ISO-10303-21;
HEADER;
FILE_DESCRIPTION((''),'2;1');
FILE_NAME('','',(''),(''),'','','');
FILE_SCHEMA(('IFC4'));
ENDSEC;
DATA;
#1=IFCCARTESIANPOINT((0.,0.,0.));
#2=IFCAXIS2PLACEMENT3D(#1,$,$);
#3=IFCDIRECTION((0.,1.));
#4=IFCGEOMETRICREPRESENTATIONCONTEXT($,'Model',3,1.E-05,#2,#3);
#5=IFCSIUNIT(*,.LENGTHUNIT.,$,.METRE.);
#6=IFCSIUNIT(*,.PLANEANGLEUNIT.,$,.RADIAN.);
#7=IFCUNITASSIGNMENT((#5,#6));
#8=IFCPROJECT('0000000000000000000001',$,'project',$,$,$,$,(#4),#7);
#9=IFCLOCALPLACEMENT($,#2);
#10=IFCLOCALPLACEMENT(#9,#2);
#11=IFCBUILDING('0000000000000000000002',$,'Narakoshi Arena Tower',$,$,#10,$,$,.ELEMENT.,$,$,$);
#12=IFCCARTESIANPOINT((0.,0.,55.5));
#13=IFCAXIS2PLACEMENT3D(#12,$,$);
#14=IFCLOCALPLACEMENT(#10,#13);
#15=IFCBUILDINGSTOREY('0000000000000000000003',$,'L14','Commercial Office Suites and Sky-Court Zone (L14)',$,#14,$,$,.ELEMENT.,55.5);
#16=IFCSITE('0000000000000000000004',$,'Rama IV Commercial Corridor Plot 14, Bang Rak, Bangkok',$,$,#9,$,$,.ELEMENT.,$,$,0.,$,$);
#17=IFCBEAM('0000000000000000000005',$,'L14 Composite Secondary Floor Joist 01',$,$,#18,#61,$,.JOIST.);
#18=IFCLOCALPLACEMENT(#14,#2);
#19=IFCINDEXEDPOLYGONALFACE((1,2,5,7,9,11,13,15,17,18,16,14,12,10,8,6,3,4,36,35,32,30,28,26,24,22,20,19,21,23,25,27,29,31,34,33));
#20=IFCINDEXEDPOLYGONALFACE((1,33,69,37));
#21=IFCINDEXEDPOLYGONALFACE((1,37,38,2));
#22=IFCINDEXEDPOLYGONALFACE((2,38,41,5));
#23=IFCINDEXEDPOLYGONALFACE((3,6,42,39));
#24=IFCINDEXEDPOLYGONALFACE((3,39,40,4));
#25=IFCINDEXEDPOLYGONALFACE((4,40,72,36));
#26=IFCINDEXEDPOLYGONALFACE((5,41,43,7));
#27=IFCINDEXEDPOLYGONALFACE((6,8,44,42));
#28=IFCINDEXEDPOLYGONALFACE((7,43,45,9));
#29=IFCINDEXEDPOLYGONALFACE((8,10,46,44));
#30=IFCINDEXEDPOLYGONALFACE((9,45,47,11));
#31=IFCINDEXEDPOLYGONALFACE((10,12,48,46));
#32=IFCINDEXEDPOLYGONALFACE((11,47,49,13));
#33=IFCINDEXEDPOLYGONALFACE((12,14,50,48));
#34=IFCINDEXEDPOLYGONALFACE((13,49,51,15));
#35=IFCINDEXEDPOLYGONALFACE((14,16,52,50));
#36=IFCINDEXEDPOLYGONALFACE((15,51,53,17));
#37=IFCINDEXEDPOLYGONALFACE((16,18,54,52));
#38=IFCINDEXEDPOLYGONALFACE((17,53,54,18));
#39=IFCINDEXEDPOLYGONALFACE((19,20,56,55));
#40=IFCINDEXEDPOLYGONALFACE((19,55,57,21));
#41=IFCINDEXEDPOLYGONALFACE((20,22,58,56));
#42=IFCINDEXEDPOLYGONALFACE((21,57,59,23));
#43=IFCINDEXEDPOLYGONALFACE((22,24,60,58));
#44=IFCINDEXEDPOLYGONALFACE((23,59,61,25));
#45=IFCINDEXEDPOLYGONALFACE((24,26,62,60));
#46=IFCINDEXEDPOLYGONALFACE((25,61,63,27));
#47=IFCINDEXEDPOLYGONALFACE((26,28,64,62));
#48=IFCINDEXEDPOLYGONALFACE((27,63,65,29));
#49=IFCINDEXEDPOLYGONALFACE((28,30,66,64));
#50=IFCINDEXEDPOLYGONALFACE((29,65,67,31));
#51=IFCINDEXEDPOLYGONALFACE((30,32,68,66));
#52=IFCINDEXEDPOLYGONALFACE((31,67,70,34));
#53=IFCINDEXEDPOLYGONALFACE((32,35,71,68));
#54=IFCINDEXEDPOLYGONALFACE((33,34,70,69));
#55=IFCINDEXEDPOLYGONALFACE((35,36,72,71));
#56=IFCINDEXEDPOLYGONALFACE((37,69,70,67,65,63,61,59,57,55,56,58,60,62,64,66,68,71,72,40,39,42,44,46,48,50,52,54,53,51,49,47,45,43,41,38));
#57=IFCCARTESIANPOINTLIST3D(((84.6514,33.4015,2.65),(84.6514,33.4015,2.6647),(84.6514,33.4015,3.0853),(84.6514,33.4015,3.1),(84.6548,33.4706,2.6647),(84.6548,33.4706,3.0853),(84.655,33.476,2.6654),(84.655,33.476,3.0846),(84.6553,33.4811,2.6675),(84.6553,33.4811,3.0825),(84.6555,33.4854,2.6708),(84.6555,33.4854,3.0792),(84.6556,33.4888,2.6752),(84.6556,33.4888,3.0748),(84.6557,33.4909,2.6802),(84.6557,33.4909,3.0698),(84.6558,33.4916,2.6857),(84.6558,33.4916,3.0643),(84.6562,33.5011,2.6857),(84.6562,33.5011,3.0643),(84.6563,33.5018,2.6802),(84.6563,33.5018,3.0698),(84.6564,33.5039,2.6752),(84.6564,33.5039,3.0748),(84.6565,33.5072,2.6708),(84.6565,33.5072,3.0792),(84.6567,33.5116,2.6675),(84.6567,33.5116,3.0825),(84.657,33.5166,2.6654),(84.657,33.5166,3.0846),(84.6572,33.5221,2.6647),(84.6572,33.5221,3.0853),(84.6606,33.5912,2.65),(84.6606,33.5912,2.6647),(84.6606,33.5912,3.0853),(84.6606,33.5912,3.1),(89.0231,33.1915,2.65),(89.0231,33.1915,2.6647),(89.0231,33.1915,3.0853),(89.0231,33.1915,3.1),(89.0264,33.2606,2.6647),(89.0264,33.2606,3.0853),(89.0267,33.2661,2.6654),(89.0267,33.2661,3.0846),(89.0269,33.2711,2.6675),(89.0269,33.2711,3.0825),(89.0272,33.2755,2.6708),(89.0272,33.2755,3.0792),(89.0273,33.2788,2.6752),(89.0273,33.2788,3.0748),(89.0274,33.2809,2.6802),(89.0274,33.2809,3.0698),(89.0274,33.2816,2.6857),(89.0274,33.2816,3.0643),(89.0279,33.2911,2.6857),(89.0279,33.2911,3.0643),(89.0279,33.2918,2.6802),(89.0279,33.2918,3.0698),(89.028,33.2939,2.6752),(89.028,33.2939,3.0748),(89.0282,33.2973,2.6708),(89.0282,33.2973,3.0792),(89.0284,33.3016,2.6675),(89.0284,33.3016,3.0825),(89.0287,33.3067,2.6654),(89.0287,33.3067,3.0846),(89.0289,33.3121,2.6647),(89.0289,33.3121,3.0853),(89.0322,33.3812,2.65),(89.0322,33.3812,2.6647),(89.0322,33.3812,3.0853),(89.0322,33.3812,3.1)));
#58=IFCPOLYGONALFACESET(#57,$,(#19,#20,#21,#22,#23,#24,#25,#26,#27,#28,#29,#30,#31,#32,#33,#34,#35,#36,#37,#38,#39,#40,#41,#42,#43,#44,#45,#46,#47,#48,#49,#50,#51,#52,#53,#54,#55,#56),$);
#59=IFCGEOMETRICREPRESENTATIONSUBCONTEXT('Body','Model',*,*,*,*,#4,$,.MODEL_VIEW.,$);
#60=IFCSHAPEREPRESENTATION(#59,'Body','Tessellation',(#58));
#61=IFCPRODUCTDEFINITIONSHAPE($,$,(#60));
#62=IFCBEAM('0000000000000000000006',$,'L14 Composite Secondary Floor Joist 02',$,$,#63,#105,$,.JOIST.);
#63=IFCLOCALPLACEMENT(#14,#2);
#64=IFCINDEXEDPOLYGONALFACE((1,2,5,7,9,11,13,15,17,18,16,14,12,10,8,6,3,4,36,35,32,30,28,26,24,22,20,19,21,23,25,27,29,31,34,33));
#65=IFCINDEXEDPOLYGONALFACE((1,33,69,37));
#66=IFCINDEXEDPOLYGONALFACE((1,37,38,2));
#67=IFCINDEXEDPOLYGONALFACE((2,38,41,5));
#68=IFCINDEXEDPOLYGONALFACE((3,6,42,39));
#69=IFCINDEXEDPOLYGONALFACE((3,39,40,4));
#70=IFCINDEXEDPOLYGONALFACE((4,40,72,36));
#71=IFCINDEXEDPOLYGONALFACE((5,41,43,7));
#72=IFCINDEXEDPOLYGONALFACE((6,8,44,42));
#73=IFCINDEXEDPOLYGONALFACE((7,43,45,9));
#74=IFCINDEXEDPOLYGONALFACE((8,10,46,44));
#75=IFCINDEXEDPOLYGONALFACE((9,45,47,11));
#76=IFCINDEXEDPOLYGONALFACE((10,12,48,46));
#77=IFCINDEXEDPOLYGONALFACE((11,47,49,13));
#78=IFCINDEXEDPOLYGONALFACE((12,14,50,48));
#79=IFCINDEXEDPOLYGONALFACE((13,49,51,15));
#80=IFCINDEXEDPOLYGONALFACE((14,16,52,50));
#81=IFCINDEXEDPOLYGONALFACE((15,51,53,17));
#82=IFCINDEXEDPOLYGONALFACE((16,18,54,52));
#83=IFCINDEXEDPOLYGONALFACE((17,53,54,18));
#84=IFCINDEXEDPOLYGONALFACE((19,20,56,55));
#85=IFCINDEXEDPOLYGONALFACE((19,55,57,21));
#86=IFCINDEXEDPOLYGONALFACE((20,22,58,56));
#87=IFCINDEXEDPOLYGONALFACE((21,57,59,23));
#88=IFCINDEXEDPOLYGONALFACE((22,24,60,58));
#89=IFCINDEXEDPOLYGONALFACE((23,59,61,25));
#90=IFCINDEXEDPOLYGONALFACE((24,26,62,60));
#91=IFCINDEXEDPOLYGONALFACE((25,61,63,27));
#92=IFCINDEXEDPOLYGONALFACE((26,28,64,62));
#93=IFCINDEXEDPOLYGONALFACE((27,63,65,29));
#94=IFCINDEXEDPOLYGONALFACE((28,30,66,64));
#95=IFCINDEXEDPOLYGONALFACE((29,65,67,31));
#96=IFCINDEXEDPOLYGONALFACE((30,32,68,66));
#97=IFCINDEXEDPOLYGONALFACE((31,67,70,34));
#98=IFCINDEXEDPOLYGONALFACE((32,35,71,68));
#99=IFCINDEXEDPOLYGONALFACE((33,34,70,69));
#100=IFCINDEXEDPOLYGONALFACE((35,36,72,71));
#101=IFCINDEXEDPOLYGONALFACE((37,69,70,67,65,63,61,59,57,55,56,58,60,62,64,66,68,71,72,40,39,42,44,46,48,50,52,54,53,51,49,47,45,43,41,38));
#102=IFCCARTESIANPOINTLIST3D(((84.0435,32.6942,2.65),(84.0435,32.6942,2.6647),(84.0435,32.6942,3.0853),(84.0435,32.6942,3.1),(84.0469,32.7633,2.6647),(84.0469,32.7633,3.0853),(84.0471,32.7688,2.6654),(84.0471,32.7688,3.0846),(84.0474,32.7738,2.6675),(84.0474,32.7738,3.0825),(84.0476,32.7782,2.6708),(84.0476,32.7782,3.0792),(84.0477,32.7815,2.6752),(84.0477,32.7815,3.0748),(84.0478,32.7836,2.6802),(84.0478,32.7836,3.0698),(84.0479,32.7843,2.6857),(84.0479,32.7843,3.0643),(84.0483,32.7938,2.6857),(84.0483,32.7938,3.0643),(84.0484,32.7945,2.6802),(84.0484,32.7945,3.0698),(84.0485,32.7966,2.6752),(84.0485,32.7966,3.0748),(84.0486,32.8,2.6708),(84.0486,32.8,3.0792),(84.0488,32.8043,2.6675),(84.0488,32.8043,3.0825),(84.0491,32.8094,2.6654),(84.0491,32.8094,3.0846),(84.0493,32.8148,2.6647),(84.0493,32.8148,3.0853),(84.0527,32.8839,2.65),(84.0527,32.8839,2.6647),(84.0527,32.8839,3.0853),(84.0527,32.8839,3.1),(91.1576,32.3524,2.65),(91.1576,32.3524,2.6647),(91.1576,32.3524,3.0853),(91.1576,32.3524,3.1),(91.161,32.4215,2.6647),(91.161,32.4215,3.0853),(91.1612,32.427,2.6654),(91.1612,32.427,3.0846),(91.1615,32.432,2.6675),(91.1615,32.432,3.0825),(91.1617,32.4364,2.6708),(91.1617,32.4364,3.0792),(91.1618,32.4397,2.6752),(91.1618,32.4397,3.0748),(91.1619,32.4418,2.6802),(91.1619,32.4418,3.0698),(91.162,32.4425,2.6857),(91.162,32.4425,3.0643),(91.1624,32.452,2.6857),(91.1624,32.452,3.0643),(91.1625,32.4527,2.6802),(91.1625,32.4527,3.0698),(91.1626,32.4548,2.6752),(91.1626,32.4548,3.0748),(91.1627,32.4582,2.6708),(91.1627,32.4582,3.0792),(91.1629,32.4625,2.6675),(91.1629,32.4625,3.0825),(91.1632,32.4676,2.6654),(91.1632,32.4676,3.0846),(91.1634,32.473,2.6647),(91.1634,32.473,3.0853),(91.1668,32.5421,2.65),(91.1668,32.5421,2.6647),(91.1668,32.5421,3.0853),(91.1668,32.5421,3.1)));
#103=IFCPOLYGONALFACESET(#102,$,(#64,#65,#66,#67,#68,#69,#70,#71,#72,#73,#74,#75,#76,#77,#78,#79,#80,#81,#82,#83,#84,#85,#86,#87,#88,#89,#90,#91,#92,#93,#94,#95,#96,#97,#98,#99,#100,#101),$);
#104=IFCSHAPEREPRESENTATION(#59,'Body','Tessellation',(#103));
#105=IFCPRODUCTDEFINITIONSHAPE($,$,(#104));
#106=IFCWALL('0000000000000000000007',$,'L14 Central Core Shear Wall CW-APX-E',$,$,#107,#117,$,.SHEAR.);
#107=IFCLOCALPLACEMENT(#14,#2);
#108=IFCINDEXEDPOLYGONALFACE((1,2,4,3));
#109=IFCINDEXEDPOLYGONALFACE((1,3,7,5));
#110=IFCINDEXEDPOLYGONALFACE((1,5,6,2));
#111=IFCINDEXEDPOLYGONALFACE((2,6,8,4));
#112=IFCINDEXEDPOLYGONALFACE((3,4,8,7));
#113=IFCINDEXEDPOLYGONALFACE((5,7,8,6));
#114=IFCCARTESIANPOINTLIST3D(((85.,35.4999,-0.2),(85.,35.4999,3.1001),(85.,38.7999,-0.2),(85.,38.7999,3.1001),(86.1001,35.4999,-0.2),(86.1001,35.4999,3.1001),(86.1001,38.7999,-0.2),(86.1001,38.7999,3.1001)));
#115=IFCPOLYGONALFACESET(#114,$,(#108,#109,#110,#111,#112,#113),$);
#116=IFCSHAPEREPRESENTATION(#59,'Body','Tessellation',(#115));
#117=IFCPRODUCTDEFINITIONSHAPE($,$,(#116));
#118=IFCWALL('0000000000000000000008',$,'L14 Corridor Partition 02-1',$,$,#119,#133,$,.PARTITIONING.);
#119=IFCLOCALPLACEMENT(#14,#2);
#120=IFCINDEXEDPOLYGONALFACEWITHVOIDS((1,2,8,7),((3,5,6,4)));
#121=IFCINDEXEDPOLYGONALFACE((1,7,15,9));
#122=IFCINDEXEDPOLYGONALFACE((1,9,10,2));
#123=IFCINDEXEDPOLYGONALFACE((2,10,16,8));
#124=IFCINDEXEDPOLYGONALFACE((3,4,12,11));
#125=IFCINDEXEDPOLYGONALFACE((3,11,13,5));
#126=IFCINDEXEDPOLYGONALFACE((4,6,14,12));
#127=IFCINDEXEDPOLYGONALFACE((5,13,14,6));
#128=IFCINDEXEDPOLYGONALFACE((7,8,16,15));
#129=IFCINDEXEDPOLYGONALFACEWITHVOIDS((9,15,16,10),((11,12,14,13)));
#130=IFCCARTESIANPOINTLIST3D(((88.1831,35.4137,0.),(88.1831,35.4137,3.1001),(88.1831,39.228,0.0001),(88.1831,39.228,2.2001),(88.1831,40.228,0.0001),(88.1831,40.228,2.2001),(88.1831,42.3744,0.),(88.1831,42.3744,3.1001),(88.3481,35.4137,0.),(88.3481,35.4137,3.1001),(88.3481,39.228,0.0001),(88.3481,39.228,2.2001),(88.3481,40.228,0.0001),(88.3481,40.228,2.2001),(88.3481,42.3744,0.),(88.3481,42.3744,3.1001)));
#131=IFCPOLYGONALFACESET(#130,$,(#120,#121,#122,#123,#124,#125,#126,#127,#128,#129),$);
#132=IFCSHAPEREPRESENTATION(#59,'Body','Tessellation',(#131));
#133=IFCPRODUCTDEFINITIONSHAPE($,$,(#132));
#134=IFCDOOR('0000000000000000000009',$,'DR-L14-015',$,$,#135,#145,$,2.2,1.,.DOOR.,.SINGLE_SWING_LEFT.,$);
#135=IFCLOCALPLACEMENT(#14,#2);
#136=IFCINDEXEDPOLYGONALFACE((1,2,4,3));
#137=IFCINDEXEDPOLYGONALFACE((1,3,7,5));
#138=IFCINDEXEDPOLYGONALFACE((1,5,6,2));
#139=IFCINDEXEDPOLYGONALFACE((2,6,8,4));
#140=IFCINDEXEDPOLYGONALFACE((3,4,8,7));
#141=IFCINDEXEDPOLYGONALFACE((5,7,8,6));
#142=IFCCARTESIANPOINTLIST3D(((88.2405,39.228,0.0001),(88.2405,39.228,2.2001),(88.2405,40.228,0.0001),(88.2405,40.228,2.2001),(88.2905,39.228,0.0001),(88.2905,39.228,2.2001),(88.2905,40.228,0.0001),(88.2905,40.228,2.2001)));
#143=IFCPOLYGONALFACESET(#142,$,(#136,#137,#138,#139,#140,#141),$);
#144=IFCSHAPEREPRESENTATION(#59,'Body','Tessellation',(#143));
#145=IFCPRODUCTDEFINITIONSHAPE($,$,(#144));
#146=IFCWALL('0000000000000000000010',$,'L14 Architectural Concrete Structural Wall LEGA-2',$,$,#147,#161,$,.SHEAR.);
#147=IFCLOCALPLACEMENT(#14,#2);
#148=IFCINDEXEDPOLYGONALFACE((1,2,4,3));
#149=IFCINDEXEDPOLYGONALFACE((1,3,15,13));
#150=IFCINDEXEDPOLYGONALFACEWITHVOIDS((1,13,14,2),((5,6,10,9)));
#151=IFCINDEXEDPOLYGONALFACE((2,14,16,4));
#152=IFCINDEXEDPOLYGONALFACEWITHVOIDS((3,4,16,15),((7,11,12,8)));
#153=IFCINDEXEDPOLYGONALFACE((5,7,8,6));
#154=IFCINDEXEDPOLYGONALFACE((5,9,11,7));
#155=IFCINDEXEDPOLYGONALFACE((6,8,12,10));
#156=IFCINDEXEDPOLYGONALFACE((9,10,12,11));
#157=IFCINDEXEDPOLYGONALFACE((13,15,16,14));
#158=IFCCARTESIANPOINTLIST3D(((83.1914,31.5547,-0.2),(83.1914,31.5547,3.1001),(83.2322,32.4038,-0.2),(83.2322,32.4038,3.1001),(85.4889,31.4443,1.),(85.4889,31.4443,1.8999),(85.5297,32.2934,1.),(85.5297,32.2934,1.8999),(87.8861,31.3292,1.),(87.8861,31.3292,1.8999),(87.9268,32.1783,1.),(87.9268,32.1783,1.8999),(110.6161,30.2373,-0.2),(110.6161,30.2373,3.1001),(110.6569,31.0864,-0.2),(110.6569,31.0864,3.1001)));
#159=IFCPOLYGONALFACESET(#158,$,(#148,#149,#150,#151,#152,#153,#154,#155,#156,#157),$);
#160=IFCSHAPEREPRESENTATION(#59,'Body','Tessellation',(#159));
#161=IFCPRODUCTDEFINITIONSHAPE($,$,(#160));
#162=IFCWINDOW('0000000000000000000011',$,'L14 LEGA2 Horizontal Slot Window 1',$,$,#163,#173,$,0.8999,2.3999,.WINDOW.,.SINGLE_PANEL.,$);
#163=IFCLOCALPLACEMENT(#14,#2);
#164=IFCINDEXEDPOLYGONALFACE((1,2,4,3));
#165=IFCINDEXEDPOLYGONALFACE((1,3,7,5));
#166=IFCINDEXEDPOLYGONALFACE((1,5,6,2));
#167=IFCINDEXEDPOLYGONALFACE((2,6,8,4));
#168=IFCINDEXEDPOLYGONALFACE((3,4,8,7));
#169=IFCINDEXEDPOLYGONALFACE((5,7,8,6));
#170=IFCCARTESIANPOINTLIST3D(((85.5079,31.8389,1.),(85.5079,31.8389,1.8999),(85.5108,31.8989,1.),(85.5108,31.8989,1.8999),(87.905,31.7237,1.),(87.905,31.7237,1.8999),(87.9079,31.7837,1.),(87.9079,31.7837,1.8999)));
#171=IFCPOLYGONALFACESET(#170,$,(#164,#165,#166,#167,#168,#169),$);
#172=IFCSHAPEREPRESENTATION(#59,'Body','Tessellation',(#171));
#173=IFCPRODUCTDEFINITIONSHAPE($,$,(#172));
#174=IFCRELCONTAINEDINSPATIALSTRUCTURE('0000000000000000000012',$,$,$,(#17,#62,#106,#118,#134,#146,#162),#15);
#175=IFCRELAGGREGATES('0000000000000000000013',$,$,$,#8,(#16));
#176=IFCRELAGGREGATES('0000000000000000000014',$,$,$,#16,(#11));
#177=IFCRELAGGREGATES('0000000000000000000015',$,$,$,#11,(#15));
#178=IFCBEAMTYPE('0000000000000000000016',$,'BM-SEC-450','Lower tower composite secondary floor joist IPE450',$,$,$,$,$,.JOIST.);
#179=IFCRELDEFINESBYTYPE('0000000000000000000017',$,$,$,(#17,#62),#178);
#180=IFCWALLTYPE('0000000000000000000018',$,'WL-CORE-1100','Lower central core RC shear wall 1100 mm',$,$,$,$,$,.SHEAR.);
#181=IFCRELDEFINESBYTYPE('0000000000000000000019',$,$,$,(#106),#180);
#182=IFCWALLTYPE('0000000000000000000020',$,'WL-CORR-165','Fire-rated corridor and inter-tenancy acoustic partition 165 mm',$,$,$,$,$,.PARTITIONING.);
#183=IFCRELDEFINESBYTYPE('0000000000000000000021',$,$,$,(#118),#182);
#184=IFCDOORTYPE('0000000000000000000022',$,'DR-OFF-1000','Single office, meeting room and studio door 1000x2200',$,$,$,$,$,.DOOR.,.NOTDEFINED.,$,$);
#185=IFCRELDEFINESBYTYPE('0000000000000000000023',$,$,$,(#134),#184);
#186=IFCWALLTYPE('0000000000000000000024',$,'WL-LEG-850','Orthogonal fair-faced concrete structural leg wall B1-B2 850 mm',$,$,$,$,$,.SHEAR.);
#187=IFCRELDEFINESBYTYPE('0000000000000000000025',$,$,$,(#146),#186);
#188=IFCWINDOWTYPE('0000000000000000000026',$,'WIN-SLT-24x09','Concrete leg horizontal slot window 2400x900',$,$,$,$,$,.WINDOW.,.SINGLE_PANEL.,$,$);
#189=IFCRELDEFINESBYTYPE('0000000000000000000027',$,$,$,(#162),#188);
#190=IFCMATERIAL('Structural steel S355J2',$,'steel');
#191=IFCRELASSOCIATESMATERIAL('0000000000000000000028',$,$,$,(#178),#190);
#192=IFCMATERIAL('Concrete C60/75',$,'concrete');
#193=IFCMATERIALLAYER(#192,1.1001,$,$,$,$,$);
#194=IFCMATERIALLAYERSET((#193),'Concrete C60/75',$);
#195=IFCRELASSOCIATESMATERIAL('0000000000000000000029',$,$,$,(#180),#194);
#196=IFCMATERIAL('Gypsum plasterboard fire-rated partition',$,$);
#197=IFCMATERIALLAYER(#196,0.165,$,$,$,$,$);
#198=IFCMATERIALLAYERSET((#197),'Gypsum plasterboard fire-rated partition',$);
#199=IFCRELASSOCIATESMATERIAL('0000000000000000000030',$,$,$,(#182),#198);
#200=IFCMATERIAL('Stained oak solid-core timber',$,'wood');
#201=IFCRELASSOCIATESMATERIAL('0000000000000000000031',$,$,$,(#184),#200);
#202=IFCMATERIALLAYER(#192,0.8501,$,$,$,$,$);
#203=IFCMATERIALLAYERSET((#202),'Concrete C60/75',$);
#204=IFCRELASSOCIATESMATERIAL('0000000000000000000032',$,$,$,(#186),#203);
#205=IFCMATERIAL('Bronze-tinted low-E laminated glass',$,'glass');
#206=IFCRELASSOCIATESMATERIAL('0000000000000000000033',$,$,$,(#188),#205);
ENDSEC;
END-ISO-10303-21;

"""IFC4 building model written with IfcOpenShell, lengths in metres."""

from ifc_helpers import new_model, si_unit, direction, frame, frame_2d, origin, origin_2d, place, context, subcontext, project, spatial, rectangle, i_section, extrude, material, layer, layer_set, material_profile, profile_set, type_object, element, fill, save


model = new_model("IFC4")

# Units and contexts
model_context = context("Model", 3, precision=1e-05, world=origin(), true_north=direction((0.0, 1.0)))
body_context = subcontext(model_context, "Body", "Model", "MODEL_VIEW")
ifc_project = project(units=[si_unit("LENGTHUNIT", "METRE"), si_unit("PLANEANGLEUNIT", "RADIAN")], contexts=[model_context])

# Site, building, storey
site_placement = place(None, origin())
site = spatial("IfcSite", under=ifc_project, at=site_placement, Name="Rama IV Commercial Corridor Plot 14, Bang Rak, Bangkok", CompositionType="ELEMENT", RefElevation=0.0)
building_placement = place(site_placement, origin())
building = spatial("IfcBuilding", under=site, at=building_placement, Name="Narakoshi Arena Tower", CompositionType="ELEMENT")
storey_placement = place(building_placement, frame((0.0, 0.0, 55.5)))
storey = spatial("IfcBuildingStorey", under=building, at=storey_placement, Name="L14", Description="Commercial Office Suites and Sky-Court Zone (L14)", CompositionType="ELEMENT", Elevation=55.5)

# Shared definitions
ifc_material_1 = material(Name="Concrete C60/75", Category="concrete")

# Beams
ifc_material_2 = material(Name="Structural steel S355J2", Category="steel")
ifc_material_profile_1 = material_profile(ifc_material_2, i_section(OverallWidth=0.1899, OverallDepth=0.45, WebThickness=0.0095, FlangeThickness=0.0146, FilletRadius=0.021, at=origin_2d()), Name="IPE450")
ifc_profile_set_1 = profile_set([ifc_material_profile_1], Name="Structural steel S355J2")
beam_type_1 = type_object("IfcBeamType", Name="BM-SEC-450", Description="Lower tower composite secondary floor joist IPE450", PredefinedType="JOIST", material=ifc_profile_set_1)
beam_1_placement = place(storey_placement, frame((84.656, 33.4963, 2.875), z_axis=(0.998849, -0.047973, 0.0), x_axis=(0.047973, 0.998849, 0.0)))
element("IfcBeam", 1, at=beam_1_placement, inside=storey, type_object=beam_type_1, Name="L14 Composite Secondary Floor Joist 01", PredefinedType="JOIST", context=body_context, shape_type="SweptSolid", body=[
    extrude(i_section(OverallWidth=0.1899, OverallDepth=0.45, WebThickness=0.0095, FlangeThickness=0.0146, FilletRadius=0.021, at=origin_2d()), origin(), (0.0, 0.0, 1.0), 4.3767),
])
beam_2_placement = place(storey_placement, frame((84.0481, 32.7891, 2.875), z_axis=(0.998848, -0.04799, 0.0), x_axis=(0.04799, 0.998848, 0.0)))
element("IfcBeam", 2, at=beam_2_placement, inside=storey, type_object=beam_type_1, Name="L14 Composite Secondary Floor Joist 02", PredefinedType="JOIST", context=body_context, shape_type="SweptSolid", body=[
    extrude(i_section(OverallWidth=0.1899, OverallDepth=0.45, WebThickness=0.0095, FlangeThickness=0.0146, FilletRadius=0.021, at=origin_2d()), origin(), (0.0, 0.0, 1.0), 7.1223),
])

# Wall
ifc_layer_1 = layer(ifc_material_1, 1.1001)
ifc_layer_set_1 = layer_set([ifc_layer_1], Name="Concrete C60/75")
wall_type_1 = type_object("IfcWallType", Name="WL-CORE-1100", Description="Lower central core RC shear wall 1100 mm", PredefinedType="SHEAR", material=ifc_layer_set_1)
wall_1_placement = place(storey_placement, frame((85.55, 35.5, -0.2), z_axis=(0.0, 0.0, 1.0), x_axis=(0.0, 1.0, 0.0)))
element("IfcWall", 3, at=wall_1_placement, inside=storey, type_object=wall_type_1, Name="L14 Central Core Shear Wall CW-APX-E", PredefinedType="SHEAR", context=body_context, shape_type="SweptSolid", body=[
    extrude(rectangle(XDim=3.3, YDim=1.1001, at=frame_2d((1.6499, 0.0))), origin(), (0.0, 0.0, 1.0), 3.3),
])

# Wall, opening, door
ifc_material_3 = material(Name="Gypsum plasterboard fire-rated partition")
ifc_layer_2 = layer(ifc_material_3, 0.165)
ifc_layer_set_2 = layer_set([ifc_layer_2], Name="Gypsum plasterboard fire-rated partition")
wall_type_2 = type_object("IfcWallType", Name="WL-CORR-165", Description="Fire-rated corridor and inter-tenancy acoustic partition 165 mm", PredefinedType="PARTITIONING", material=ifc_layer_set_2)
wall_2_placement = place(storey_placement, frame((88.2656, 35.4136, 0.0), z_axis=(0.0, 0.0, 1.0), x_axis=(0.0, 1.0, 0.0)))
wall_2 = element("IfcWall", 4, at=wall_2_placement, inside=storey, type_object=wall_type_2, Name="L14 Corridor Partition 02-1", PredefinedType="PARTITIONING", context=body_context, shape_type="SweptSolid", body=[
    extrude(rectangle(XDim=6.9607, YDim=0.165, at=frame_2d((3.4805, 0.0))), origin(), (0.0, 0.0, 1.0), 3.1001),
])
opening_1_placement = place(wall_2_placement, frame((3.8145, 0.0, 0.0)))
opening_1 = element("IfcOpeningElement", 5, at=opening_1_placement, cuts=wall_2, PredefinedType="OPENING", context=body_context, shape_type="SweptSolid", body=[
    extrude(rectangle(XDim=1.0, YDim=2.2, at=frame_2d((0.5, 1.1001))), frame((0.0, 0.0925, 0.0), z_axis=(0.0, -1.0, 0.0), x_axis=(1.0, 0.0, 0.0)), (0.0, 0.0, 1.0), 0.1851),
])
ifc_material_4 = material(Name="Stained oak solid-core timber", Category="wood")
door_type_1 = type_object("IfcDoorType", Name="DR-OFF-1000", Description="Single office, meeting room and studio door 1000x2200", OperationType="NOTDEFINED", PredefinedType="DOOR", material=ifc_material_4)
door_1_placement = place(opening_1_placement, frame((1.0, 0.0, 0.0), z_axis=(0.0, 0.0, 1.0), x_axis=(-1.0, 0.0, 0.0)))
door_1 = element("IfcDoor", 6, at=door_1_placement, inside=storey, type_object=door_type_1, Name="DR-L14-015", OperationType="SINGLE_SWING_LEFT", OverallHeight=2.2, OverallWidth=1.0, PredefinedType="DOOR", context=body_context, shape_type="SweptSolid", body=[
    extrude(rectangle(XDim=1.0, YDim=2.2, at=frame_2d((0.5, 1.1001))), frame((0.0, 0.0249, 0.0), z_axis=(0.0, -1.0, 0.0), x_axis=(1.0, 0.0, 0.0)), (0.0, 0.0, 1.0), 0.05),
])
fill(opening_1, door_1)

# Wall, opening, window
ifc_layer_3 = layer(ifc_material_1, 0.8501)
ifc_layer_set_3 = layer_set([ifc_layer_3], Name="Concrete C60/75")
wall_type_3 = type_object("IfcWallType", Name="WL-LEG-850", Description="Orthogonal fair-faced concrete structural leg wall B1-B2 850 mm", PredefinedType="SHEAR", material=ifc_layer_set_3)
wall_3_placement = place(storey_placement, frame((83.2119, 31.9792, -0.2), z_axis=(0.0, 0.0, 1.0), x_axis=(0.998848, -0.047981, 0.0)))
wall_3 = element("IfcWall", 7, at=wall_3_placement, inside=storey, type_object=wall_type_3, Name="L14 Architectural Concrete Structural Wall LEGA-2", PredefinedType="SHEAR", context=body_context, shape_type="SweptSolid", body=[
    extrude(rectangle(XDim=27.4563, YDim=0.8501, at=frame_2d((13.728, 0.0))), origin(), (0.0, 0.0, 1.0), 3.3),
])
opening_2_placement = place(wall_3_placement, frame((2.3, 0.0, 1.2)))
opening_2 = element("IfcOpeningElement", 8, at=opening_2_placement, cuts=wall_3, PredefinedType="OPENING", context=body_context, shape_type="SweptSolid", body=[
    extrude(rectangle(XDim=2.3999, YDim=0.8999, at=frame_2d((1.2, 0.45))), frame((0.0, 0.4351, 0.0), z_axis=(0.0, -1.0, 0.0), x_axis=(1.0, 0.0, 0.0)), (0.0, 0.0, 1.0), 0.8701),
])
ifc_material_5 = material(Name="Bronze-tinted low-E laminated glass", Category="glass")
window_type = type_object("IfcWindowType", Name="WIN-SLT-24x09", Description="Concrete leg horizontal slot window 2400x900", PartitioningType="SINGLE_PANEL", PredefinedType="WINDOW", material=ifc_material_5)
window_placement = place(opening_2_placement, origin())
window = element("IfcWindow", 9, at=window_placement, inside=storey, type_object=window_type, Name="L14 LEGA2 Horizontal Slot Window 1", OverallHeight=0.8999, OverallWidth=2.3999, PartitioningType="SINGLE_PANEL", PredefinedType="WINDOW", context=body_context, shape_type="SweptSolid", body=[
    extrude(rectangle(XDim=2.3999, YDim=0.8999, at=frame_2d((1.2, 0.45))), frame((0.0, 0.03, 0.0), z_axis=(0.0, -1.0, 0.0), x_axis=(1.0, 0.0, 0.0)), (0.0, 0.0, 1.0), 0.0601),
])
fill(opening_2, window)

save(model, "model.ifc")
